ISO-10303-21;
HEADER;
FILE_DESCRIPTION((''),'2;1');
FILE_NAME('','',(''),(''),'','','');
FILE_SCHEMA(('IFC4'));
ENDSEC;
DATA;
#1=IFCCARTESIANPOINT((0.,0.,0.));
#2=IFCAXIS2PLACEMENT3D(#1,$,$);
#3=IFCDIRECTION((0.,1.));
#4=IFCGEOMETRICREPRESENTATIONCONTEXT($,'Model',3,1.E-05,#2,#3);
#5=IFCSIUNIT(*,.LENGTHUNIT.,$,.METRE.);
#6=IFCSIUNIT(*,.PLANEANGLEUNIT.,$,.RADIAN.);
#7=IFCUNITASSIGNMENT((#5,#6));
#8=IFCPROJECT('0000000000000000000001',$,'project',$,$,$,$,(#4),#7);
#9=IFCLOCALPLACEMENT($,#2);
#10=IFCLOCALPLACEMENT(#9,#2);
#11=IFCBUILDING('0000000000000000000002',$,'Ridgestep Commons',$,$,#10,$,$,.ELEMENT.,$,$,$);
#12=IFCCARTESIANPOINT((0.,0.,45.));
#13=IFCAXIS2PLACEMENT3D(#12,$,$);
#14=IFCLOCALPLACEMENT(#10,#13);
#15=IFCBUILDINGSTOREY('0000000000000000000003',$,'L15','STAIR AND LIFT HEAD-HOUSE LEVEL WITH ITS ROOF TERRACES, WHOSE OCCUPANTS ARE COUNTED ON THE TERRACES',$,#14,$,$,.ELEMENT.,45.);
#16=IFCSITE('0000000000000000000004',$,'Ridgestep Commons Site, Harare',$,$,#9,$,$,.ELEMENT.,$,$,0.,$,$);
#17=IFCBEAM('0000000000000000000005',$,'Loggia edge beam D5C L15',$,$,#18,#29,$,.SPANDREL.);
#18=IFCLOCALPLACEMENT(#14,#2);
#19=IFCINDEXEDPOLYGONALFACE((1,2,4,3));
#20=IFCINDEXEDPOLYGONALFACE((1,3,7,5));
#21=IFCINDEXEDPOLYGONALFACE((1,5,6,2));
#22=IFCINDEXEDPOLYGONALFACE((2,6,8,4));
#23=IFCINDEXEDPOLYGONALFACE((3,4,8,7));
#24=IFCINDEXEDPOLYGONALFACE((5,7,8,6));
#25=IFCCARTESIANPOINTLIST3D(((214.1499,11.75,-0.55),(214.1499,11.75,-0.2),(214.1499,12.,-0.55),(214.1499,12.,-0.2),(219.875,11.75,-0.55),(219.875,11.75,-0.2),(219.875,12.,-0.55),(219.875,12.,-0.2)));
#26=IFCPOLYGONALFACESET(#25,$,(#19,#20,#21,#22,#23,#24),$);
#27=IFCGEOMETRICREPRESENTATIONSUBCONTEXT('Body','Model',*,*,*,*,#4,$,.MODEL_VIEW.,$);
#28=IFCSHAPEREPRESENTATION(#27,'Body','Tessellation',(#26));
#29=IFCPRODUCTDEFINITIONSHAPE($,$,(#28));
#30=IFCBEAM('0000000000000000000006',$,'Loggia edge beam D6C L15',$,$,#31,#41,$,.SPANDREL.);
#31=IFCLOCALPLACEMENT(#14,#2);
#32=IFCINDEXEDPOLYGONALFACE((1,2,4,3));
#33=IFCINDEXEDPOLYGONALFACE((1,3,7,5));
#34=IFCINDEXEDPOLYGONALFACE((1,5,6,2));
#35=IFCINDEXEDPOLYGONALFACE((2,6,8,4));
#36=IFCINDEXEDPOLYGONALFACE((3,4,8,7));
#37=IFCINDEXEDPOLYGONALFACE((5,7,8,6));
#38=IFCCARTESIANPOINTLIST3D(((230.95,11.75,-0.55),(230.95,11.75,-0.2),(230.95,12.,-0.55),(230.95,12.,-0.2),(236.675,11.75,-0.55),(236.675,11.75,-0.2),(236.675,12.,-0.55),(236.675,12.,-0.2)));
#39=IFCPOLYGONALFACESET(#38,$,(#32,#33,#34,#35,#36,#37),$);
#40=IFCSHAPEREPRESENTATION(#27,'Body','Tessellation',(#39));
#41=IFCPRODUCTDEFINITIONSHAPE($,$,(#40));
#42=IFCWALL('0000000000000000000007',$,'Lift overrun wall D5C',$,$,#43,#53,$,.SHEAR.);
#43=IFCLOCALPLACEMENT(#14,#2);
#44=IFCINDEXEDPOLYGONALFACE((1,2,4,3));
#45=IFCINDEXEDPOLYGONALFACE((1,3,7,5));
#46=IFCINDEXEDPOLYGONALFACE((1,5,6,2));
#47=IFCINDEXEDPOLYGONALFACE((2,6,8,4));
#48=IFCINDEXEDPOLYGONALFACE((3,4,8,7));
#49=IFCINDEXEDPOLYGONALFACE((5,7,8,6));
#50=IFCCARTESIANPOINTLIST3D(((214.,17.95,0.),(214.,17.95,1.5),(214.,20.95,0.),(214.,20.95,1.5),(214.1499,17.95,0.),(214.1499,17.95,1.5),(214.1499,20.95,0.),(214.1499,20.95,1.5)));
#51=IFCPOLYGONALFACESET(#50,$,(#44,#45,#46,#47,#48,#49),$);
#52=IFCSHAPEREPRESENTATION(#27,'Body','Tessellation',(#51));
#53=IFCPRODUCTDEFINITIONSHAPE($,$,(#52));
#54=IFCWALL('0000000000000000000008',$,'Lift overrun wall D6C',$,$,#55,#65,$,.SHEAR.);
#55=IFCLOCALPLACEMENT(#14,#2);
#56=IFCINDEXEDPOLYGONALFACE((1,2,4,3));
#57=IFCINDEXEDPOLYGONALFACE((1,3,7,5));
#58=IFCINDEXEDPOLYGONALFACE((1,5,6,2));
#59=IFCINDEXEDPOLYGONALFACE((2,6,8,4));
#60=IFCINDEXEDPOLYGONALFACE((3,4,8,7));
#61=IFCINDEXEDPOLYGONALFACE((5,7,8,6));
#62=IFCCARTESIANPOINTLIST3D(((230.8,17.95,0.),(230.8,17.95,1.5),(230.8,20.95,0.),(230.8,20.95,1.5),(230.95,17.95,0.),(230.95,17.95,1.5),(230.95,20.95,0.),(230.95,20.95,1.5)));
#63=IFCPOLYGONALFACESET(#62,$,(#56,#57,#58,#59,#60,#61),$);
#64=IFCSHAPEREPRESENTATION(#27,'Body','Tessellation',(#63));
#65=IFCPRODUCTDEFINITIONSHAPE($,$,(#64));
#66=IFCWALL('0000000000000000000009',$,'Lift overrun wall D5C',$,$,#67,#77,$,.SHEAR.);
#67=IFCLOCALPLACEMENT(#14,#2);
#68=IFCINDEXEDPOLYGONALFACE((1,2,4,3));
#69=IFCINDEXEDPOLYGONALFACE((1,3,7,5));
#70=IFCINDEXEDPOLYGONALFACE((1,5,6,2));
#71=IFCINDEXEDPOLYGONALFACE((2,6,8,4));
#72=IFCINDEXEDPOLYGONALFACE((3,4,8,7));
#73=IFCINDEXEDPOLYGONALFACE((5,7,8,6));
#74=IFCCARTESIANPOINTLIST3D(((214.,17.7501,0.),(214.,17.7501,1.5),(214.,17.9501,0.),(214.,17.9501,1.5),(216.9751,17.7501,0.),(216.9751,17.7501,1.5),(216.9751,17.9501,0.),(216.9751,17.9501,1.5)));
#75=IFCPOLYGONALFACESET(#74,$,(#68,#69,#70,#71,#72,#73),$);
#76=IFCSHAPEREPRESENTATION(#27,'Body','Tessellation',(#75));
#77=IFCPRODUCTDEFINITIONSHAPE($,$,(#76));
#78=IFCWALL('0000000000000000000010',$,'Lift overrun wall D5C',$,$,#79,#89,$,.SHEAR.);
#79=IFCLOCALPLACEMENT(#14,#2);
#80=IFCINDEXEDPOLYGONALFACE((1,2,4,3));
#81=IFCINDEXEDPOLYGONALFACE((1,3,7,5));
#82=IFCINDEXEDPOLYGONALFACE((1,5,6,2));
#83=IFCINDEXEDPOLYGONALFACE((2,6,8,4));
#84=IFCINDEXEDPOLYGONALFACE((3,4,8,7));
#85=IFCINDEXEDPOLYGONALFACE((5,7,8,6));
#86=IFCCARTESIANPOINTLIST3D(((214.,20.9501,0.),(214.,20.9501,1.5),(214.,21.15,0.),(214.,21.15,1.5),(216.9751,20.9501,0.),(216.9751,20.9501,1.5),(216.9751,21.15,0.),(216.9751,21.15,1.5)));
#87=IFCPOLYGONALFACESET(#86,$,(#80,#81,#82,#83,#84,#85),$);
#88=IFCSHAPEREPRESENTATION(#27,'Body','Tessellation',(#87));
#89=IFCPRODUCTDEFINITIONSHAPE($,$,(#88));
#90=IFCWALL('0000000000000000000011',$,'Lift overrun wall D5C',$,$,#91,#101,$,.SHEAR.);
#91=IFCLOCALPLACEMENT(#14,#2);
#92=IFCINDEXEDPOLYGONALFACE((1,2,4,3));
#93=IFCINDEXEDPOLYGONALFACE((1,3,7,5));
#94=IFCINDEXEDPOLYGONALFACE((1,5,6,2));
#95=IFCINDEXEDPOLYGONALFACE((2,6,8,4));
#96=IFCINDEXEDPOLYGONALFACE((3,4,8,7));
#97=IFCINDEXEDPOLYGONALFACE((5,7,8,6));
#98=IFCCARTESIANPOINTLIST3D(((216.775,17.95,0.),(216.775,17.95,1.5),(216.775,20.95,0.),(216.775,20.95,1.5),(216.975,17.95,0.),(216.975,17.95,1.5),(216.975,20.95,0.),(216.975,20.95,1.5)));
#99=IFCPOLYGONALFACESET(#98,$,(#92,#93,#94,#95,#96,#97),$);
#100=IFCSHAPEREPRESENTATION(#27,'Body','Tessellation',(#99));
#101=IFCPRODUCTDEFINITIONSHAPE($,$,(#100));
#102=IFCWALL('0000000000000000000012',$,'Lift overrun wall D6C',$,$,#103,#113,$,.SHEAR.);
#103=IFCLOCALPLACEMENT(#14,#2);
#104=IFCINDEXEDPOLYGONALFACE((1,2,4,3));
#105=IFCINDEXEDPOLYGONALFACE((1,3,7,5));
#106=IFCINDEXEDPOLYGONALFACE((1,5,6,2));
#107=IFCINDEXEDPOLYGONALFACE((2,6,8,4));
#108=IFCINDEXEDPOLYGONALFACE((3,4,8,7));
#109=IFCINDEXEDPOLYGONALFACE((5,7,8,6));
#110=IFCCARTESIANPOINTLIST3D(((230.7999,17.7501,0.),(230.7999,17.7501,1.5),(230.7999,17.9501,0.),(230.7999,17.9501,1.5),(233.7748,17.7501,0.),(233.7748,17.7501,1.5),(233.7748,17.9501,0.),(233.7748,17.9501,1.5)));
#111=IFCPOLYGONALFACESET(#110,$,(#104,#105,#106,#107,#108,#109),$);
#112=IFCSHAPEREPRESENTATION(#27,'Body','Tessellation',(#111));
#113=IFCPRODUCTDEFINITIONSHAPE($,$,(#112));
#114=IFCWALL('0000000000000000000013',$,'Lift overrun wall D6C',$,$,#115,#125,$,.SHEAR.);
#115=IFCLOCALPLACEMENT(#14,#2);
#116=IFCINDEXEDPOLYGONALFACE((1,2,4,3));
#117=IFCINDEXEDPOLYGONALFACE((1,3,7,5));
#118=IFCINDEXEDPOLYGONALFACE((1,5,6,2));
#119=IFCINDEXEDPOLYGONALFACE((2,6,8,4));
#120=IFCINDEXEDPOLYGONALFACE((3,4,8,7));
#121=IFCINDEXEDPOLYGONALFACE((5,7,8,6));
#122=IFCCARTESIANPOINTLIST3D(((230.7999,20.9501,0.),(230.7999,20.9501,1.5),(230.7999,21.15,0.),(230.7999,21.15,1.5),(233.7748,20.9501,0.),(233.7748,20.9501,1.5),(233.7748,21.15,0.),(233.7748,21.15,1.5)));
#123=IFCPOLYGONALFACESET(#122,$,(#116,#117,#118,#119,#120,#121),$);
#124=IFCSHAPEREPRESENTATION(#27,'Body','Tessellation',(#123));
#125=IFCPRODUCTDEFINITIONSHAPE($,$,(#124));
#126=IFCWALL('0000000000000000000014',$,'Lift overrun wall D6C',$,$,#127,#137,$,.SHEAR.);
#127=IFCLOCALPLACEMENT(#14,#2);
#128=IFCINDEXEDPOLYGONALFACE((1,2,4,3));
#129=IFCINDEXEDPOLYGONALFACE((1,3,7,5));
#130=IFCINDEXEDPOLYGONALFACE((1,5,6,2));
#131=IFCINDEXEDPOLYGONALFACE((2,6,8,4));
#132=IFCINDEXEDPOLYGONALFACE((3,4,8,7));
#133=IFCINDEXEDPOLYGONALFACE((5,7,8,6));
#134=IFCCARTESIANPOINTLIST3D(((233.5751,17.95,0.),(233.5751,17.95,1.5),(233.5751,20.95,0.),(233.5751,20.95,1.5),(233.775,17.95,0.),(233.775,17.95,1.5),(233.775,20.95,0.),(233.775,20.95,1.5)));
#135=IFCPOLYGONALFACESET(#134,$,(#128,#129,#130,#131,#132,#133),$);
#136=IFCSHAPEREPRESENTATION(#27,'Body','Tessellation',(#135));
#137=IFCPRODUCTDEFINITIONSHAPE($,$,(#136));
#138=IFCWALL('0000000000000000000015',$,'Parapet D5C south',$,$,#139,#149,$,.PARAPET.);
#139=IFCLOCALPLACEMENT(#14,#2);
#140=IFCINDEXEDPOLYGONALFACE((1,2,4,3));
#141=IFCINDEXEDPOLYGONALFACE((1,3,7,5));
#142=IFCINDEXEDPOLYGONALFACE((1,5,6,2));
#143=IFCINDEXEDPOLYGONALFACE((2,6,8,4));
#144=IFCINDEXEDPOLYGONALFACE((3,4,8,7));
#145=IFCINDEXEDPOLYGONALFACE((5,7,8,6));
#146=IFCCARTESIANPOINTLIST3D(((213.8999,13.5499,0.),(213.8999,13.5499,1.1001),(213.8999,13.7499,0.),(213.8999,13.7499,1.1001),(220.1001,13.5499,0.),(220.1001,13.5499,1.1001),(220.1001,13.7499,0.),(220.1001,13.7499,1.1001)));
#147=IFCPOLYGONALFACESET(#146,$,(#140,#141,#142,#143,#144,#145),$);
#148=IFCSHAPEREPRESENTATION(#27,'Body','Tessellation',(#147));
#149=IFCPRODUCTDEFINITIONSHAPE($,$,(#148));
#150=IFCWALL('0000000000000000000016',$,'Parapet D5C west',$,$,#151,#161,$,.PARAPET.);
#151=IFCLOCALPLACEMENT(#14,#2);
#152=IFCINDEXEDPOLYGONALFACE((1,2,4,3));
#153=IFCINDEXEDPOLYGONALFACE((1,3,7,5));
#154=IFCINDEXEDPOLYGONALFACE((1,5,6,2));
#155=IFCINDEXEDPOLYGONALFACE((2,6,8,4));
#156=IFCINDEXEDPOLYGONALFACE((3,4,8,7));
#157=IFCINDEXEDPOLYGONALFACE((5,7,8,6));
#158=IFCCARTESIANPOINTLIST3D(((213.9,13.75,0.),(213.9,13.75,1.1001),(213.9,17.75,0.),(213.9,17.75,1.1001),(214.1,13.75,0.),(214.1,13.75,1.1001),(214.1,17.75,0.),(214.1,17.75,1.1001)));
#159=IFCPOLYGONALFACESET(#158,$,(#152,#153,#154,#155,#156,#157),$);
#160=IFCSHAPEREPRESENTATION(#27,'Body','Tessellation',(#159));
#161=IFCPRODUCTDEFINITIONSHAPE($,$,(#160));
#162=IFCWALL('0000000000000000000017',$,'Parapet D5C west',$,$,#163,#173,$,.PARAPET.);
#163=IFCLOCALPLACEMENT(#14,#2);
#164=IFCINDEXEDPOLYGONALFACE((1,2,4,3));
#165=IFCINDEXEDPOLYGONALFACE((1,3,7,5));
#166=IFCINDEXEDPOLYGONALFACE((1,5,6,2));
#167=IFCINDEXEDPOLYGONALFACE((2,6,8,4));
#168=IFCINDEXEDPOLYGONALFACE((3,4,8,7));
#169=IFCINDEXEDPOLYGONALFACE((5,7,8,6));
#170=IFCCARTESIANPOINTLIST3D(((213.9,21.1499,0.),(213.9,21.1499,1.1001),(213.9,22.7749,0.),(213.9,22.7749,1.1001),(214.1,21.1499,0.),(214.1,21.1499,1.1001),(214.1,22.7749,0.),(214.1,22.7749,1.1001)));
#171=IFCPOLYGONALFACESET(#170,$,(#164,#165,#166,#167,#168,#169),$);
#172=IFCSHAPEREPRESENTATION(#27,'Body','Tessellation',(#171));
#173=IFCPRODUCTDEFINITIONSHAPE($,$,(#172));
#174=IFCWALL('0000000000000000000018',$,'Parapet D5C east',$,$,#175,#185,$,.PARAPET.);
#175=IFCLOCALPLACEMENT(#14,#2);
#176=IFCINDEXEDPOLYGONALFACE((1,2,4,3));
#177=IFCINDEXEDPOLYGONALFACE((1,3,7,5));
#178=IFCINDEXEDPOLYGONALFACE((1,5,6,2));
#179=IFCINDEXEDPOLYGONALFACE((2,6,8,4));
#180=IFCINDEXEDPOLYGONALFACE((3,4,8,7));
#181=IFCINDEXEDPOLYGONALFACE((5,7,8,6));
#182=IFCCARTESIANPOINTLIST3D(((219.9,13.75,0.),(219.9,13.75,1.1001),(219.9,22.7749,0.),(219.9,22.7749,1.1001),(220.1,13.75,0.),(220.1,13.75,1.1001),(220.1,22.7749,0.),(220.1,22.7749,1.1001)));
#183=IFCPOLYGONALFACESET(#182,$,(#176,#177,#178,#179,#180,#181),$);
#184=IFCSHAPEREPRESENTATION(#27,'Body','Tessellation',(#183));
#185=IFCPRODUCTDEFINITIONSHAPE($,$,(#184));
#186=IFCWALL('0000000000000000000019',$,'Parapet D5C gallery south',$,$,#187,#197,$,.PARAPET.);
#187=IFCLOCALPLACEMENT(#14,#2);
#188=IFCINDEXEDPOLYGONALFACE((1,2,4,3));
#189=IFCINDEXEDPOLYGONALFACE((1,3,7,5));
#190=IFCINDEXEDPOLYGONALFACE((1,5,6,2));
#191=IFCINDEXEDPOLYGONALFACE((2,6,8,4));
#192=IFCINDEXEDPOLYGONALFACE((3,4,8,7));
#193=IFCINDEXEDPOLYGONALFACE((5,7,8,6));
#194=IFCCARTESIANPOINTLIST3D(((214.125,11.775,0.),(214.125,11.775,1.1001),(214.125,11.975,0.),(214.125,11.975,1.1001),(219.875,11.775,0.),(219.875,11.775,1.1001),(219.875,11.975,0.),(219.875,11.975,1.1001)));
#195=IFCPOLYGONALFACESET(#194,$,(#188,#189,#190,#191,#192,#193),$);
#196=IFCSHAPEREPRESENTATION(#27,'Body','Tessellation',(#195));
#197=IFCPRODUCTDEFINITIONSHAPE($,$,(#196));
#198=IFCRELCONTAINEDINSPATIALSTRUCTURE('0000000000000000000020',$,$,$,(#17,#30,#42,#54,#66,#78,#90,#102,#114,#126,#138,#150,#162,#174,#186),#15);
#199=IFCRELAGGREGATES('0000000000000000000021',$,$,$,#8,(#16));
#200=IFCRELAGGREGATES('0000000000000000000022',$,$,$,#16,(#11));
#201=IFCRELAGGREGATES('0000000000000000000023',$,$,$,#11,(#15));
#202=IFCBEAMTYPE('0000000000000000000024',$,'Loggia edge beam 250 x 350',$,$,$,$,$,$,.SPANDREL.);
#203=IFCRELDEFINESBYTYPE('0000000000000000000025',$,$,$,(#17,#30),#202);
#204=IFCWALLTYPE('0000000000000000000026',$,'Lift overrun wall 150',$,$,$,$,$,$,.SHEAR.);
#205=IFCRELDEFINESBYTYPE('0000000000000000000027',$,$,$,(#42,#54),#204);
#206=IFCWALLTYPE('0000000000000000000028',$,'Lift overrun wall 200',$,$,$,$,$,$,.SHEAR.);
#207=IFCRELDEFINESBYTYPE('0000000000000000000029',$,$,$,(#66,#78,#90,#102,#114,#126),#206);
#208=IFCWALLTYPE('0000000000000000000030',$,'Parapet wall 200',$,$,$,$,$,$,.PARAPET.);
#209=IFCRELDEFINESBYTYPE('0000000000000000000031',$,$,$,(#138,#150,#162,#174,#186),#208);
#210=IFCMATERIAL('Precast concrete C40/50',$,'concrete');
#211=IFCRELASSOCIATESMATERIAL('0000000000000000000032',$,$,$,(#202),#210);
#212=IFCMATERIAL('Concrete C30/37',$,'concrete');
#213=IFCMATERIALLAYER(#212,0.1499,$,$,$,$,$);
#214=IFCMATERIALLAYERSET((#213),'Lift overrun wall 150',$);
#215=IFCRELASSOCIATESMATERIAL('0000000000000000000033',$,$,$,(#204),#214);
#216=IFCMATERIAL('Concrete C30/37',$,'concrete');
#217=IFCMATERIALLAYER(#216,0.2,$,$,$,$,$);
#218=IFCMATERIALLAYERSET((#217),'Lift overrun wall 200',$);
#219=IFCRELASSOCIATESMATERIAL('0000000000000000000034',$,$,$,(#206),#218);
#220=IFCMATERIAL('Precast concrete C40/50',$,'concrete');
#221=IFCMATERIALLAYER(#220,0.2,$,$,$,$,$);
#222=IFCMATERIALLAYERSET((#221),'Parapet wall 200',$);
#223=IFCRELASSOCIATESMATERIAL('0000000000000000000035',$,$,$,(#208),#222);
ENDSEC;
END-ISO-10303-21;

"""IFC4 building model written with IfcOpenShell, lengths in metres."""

from ifc_helpers import new_model, si_unit, direction, frame, frame_2d, origin, origin_2d, place, context, subcontext, project, spatial, rectangle, extrude, material, layer, layer_set, material_profile, profile_set, type_object, element, save


model = new_model("IFC4")

# Units and contexts
model_context = context("Model", 3, precision=1e-05, world=origin(), true_north=direction((0.0, 1.0)))
body_context = subcontext(model_context, "Body", "Model", "MODEL_VIEW")
ifc_project = project(units=[si_unit("LENGTHUNIT", "METRE"), si_unit("PLANEANGLEUNIT", "RADIAN")], contexts=[model_context])

# Site, building, storey
site_placement = place(None, origin())
site = spatial("IfcSite", under=ifc_project, at=site_placement, Name="Ridgestep Commons Site, Harare", CompositionType="ELEMENT", RefElevation=0.0)
building_placement = place(site_placement, origin())
building = spatial("IfcBuilding", under=site, at=building_placement, Name="Ridgestep Commons", CompositionType="ELEMENT")
storey_placement = place(building_placement, frame((0.0, 0.0, 45.0)))
storey = spatial("IfcBuildingStorey", under=building, at=storey_placement, Name="L15", Description="STAIR AND LIFT HEAD-HOUSE LEVEL WITH ITS ROOF TERRACES, WHOSE OCCUPANTS ARE COUNTED ON THE TERRACES", CompositionType="ELEMENT", Elevation=45.0)

# Beams
ifc_material_1 = material(Name="Precast concrete C40/50", Category="concrete")
ifc_material_profile = material_profile(ifc_material_1, rectangle(XDim=0.25, YDim=0.3501, at=origin_2d()), Name="PC 250x350")
ifc_profile_set = profile_set([ifc_material_profile], Name="Precast concrete C40/50")
beam_type = type_object("IfcBeamType", Name="Loggia edge beam 250 x 350", PredefinedType="SPANDREL", material=ifc_profile_set)
for number, where, z_axis, x_axis, name in (
    (1, (214.1499, 11.875, -0.375), (1.0, 0.0, 0.0), (0.0, 1.0, 0.0), "Loggia edge beam D5C L15"),
    (2, (230.95, 11.875, -0.375), (1.0, 0.0, 0.0), (0.0, 1.0, 0.0), "Loggia edge beam D6C L15"),
):
    element("IfcBeam", number, at=place(storey_placement, frame(where, z_axis=z_axis, x_axis=x_axis)), inside=storey, type_object=beam_type, Name=name, PredefinedType="SPANDREL", context=body_context, shape_type="SweptSolid", body=[
        extrude(rectangle(XDim=0.25, YDim=0.3501, at=origin_2d()), origin(), (0.0, 0.0, 1.0), 5.7251),
    ])

# Walls
ifc_material_2 = material(Name="Concrete C30/37", Category="concrete")
ifc_layer_1 = layer(ifc_material_2, 0.1499)
ifc_layer_set_1 = layer_set([ifc_layer_1], Name="Lift overrun wall 150")
wall_type_1 = type_object("IfcWallType", Name="Lift overrun wall 150", PredefinedType="SHEAR", material=ifc_layer_set_1)
for number, where, z_axis, x_axis, name in (
    (3, (214.075, 17.95, 0.0), (0.0, 0.0, 1.0), (0.0, 1.0, 0.0), "Lift overrun wall D5C"),
    (4, (230.875, 17.95, 0.0), (0.0, 0.0, 1.0), (0.0, 1.0, 0.0), "Lift overrun wall D6C"),
):
    element("IfcWall", number, at=place(storey_placement, frame(where, z_axis=z_axis, x_axis=x_axis)), inside=storey, type_object=wall_type_1, Name=name, PredefinedType="SHEAR", context=body_context, shape_type="SweptSolid", body=[
        extrude(rectangle(XDim=3.0, YDim=0.1499, at=frame_2d((1.5, 0.0))), origin(), (0.0, 0.0, 1.0), 1.5),
    ])
ifc_material_3 = material(Name="Concrete C30/37", Category="concrete")
ifc_layer_2 = layer(ifc_material_3, 0.2)
ifc_layer_set_2 = layer_set([ifc_layer_2], Name="Lift overrun wall 200")
wall_type_2 = type_object("IfcWallType", Name="Lift overrun wall 200", PredefinedType="SHEAR", material=ifc_layer_set_2)
for number, where, z_axis, x_axis, name in (
    (5, (214.0, 17.8501, 0.0), (0.0, 0.0, 1.0), (1.0, 0.0, 0.0), "Lift overrun wall D5C"),
    (6, (214.0, 21.05, 0.0), (0.0, 0.0, 1.0), (1.0, 0.0, 0.0), "Lift overrun wall D5C"),
):
    element("IfcWall", number, at=place(storey_placement, frame(where, z_axis=z_axis, x_axis=x_axis)), inside=storey, type_object=wall_type_2, Name=name, PredefinedType="SHEAR", context=body_context, shape_type="SweptSolid", body=[
        extrude(rectangle(XDim=2.9751, YDim=0.2, at=frame_2d((1.4875, 0.0))), origin(), (0.0, 0.0, 1.0), 1.5),
    ])
wall_1_placement = place(storey_placement, frame((216.875, 17.95, 0.0), z_axis=(0.0, 0.0, 1.0), x_axis=(0.0, 1.0, 0.0)))
element("IfcWall", 7, at=wall_1_placement, inside=storey, type_object=wall_type_2, Name="Lift overrun wall D5C", PredefinedType="SHEAR", context=body_context, shape_type="SweptSolid", body=[
    extrude(rectangle(XDim=3.0, YDim=0.2, at=frame_2d((1.5, 0.0))), origin(), (0.0, 0.0, 1.0), 1.5),
])
for number, where, z_axis, x_axis, name in (
    (8, (230.8, 17.8501, 0.0), (0.0, 0.0, 1.0), (1.0, 0.0, 0.0), "Lift overrun wall D6C"),
    (9, (230.8, 21.05, 0.0), (0.0, 0.0, 1.0), (1.0, 0.0, 0.0), "Lift overrun wall D6C"),
):
    element("IfcWall", number, at=place(storey_placement, frame(where, z_axis=z_axis, x_axis=x_axis)), inside=storey, type_object=wall_type_2, Name=name, PredefinedType="SHEAR", context=body_context, shape_type="SweptSolid", body=[
        extrude(rectangle(XDim=2.9749, YDim=0.2, at=frame_2d((1.4873, 0.0))), origin(), (0.0, 0.0, 1.0), 1.5),
    ])
wall_2_placement = place(storey_placement, frame((233.675, 17.95, 0.0), z_axis=(0.0, 0.0, 1.0), x_axis=(0.0, 1.0, 0.0)))
element("IfcWall", 10, at=wall_2_placement, inside=storey, type_object=wall_type_2, Name="Lift overrun wall D6C", PredefinedType="SHEAR", context=body_context, shape_type="SweptSolid", body=[
    extrude(rectangle(XDim=3.0, YDim=0.2, at=frame_2d((1.5, 0.0))), origin(), (0.0, 0.0, 1.0), 1.5),
])
ifc_material_4 = material(Name="Precast concrete C40/50", Category="concrete")
ifc_layer_3 = layer(ifc_material_4, 0.2)
ifc_layer_set_3 = layer_set([ifc_layer_3], Name="Parapet wall 200")
wall_type_3 = type_object("IfcWallType", Name="Parapet wall 200", PredefinedType="PARAPET", material=ifc_layer_set_3)
wall_3_placement = place(storey_placement, frame((213.8999, 13.6499, 0.0), z_axis=(0.0, 0.0, 1.0), x_axis=(1.0, 0.0, 0.0)))
element("IfcWall", 11, at=wall_3_placement, inside=storey, type_object=wall_type_3, Name="Parapet D5C south", PredefinedType="PARAPET", context=body_context, shape_type="SweptSolid", body=[
    extrude(rectangle(XDim=6.2002, YDim=0.2, at=frame_2d((3.1001, 0.0))), origin(), (0.0, 0.0, 1.0), 1.1001),
])
wall_4_placement = place(storey_placement, frame((214.0, 13.75, 0.0), z_axis=(0.0, 0.0, 1.0), x_axis=(0.0, 1.0, 0.0)))
element("IfcWall", 12, at=wall_4_placement, inside=storey, type_object=wall_type_3, Name="Parapet D5C west", PredefinedType="PARAPET", context=body_context, shape_type="SweptSolid", body=[
    extrude(rectangle(XDim=4.0, YDim=0.2, at=frame_2d((2.0, 0.0))), origin(), (0.0, 0.0, 1.0), 1.1001),
])
wall_5_placement = place(storey_placement, frame((214.0, 21.1499, 0.0), z_axis=(0.0, 0.0, 1.0), x_axis=(0.0, 1.0, 0.0)))
element("IfcWall", 13, at=wall_5_placement, inside=storey, type_object=wall_type_3, Name="Parapet D5C west", PredefinedType="PARAPET", context=body_context, shape_type="SweptSolid", body=[
    extrude(rectangle(XDim=1.625, YDim=0.2, at=frame_2d((0.8125, 0.0))), origin(), (0.0, 0.0, 1.0), 1.1001),
])
wall_6_placement = place(storey_placement, frame((220.0, 13.75, 0.0), z_axis=(0.0, 0.0, 1.0), x_axis=(0.0, 1.0, 0.0)))
element("IfcWall", 14, at=wall_6_placement, inside=storey, type_object=wall_type_3, Name="Parapet D5C east", PredefinedType="PARAPET", context=body_context, shape_type="SweptSolid", body=[
    extrude(rectangle(XDim=9.0249, YDim=0.2, at=frame_2d((4.5125, 0.0))), origin(), (0.0, 0.0, 1.0), 1.1001),
])
wall_7_placement = place(storey_placement, frame((214.125, 11.875, 0.0), z_axis=(0.0, 0.0, 1.0), x_axis=(1.0, 0.0, 0.0)))
element("IfcWall", 15, at=wall_7_placement, inside=storey, type_object=wall_type_3, Name="Parapet D5C gallery south", PredefinedType="PARAPET", context=body_context, shape_type="SweptSolid", body=[
    extrude(rectangle(XDim=5.75, YDim=0.2, at=frame_2d((2.875, 0.0))), origin(), (0.0, 0.0, 1.0), 1.1001),
])

save(model, "model.ifc")
